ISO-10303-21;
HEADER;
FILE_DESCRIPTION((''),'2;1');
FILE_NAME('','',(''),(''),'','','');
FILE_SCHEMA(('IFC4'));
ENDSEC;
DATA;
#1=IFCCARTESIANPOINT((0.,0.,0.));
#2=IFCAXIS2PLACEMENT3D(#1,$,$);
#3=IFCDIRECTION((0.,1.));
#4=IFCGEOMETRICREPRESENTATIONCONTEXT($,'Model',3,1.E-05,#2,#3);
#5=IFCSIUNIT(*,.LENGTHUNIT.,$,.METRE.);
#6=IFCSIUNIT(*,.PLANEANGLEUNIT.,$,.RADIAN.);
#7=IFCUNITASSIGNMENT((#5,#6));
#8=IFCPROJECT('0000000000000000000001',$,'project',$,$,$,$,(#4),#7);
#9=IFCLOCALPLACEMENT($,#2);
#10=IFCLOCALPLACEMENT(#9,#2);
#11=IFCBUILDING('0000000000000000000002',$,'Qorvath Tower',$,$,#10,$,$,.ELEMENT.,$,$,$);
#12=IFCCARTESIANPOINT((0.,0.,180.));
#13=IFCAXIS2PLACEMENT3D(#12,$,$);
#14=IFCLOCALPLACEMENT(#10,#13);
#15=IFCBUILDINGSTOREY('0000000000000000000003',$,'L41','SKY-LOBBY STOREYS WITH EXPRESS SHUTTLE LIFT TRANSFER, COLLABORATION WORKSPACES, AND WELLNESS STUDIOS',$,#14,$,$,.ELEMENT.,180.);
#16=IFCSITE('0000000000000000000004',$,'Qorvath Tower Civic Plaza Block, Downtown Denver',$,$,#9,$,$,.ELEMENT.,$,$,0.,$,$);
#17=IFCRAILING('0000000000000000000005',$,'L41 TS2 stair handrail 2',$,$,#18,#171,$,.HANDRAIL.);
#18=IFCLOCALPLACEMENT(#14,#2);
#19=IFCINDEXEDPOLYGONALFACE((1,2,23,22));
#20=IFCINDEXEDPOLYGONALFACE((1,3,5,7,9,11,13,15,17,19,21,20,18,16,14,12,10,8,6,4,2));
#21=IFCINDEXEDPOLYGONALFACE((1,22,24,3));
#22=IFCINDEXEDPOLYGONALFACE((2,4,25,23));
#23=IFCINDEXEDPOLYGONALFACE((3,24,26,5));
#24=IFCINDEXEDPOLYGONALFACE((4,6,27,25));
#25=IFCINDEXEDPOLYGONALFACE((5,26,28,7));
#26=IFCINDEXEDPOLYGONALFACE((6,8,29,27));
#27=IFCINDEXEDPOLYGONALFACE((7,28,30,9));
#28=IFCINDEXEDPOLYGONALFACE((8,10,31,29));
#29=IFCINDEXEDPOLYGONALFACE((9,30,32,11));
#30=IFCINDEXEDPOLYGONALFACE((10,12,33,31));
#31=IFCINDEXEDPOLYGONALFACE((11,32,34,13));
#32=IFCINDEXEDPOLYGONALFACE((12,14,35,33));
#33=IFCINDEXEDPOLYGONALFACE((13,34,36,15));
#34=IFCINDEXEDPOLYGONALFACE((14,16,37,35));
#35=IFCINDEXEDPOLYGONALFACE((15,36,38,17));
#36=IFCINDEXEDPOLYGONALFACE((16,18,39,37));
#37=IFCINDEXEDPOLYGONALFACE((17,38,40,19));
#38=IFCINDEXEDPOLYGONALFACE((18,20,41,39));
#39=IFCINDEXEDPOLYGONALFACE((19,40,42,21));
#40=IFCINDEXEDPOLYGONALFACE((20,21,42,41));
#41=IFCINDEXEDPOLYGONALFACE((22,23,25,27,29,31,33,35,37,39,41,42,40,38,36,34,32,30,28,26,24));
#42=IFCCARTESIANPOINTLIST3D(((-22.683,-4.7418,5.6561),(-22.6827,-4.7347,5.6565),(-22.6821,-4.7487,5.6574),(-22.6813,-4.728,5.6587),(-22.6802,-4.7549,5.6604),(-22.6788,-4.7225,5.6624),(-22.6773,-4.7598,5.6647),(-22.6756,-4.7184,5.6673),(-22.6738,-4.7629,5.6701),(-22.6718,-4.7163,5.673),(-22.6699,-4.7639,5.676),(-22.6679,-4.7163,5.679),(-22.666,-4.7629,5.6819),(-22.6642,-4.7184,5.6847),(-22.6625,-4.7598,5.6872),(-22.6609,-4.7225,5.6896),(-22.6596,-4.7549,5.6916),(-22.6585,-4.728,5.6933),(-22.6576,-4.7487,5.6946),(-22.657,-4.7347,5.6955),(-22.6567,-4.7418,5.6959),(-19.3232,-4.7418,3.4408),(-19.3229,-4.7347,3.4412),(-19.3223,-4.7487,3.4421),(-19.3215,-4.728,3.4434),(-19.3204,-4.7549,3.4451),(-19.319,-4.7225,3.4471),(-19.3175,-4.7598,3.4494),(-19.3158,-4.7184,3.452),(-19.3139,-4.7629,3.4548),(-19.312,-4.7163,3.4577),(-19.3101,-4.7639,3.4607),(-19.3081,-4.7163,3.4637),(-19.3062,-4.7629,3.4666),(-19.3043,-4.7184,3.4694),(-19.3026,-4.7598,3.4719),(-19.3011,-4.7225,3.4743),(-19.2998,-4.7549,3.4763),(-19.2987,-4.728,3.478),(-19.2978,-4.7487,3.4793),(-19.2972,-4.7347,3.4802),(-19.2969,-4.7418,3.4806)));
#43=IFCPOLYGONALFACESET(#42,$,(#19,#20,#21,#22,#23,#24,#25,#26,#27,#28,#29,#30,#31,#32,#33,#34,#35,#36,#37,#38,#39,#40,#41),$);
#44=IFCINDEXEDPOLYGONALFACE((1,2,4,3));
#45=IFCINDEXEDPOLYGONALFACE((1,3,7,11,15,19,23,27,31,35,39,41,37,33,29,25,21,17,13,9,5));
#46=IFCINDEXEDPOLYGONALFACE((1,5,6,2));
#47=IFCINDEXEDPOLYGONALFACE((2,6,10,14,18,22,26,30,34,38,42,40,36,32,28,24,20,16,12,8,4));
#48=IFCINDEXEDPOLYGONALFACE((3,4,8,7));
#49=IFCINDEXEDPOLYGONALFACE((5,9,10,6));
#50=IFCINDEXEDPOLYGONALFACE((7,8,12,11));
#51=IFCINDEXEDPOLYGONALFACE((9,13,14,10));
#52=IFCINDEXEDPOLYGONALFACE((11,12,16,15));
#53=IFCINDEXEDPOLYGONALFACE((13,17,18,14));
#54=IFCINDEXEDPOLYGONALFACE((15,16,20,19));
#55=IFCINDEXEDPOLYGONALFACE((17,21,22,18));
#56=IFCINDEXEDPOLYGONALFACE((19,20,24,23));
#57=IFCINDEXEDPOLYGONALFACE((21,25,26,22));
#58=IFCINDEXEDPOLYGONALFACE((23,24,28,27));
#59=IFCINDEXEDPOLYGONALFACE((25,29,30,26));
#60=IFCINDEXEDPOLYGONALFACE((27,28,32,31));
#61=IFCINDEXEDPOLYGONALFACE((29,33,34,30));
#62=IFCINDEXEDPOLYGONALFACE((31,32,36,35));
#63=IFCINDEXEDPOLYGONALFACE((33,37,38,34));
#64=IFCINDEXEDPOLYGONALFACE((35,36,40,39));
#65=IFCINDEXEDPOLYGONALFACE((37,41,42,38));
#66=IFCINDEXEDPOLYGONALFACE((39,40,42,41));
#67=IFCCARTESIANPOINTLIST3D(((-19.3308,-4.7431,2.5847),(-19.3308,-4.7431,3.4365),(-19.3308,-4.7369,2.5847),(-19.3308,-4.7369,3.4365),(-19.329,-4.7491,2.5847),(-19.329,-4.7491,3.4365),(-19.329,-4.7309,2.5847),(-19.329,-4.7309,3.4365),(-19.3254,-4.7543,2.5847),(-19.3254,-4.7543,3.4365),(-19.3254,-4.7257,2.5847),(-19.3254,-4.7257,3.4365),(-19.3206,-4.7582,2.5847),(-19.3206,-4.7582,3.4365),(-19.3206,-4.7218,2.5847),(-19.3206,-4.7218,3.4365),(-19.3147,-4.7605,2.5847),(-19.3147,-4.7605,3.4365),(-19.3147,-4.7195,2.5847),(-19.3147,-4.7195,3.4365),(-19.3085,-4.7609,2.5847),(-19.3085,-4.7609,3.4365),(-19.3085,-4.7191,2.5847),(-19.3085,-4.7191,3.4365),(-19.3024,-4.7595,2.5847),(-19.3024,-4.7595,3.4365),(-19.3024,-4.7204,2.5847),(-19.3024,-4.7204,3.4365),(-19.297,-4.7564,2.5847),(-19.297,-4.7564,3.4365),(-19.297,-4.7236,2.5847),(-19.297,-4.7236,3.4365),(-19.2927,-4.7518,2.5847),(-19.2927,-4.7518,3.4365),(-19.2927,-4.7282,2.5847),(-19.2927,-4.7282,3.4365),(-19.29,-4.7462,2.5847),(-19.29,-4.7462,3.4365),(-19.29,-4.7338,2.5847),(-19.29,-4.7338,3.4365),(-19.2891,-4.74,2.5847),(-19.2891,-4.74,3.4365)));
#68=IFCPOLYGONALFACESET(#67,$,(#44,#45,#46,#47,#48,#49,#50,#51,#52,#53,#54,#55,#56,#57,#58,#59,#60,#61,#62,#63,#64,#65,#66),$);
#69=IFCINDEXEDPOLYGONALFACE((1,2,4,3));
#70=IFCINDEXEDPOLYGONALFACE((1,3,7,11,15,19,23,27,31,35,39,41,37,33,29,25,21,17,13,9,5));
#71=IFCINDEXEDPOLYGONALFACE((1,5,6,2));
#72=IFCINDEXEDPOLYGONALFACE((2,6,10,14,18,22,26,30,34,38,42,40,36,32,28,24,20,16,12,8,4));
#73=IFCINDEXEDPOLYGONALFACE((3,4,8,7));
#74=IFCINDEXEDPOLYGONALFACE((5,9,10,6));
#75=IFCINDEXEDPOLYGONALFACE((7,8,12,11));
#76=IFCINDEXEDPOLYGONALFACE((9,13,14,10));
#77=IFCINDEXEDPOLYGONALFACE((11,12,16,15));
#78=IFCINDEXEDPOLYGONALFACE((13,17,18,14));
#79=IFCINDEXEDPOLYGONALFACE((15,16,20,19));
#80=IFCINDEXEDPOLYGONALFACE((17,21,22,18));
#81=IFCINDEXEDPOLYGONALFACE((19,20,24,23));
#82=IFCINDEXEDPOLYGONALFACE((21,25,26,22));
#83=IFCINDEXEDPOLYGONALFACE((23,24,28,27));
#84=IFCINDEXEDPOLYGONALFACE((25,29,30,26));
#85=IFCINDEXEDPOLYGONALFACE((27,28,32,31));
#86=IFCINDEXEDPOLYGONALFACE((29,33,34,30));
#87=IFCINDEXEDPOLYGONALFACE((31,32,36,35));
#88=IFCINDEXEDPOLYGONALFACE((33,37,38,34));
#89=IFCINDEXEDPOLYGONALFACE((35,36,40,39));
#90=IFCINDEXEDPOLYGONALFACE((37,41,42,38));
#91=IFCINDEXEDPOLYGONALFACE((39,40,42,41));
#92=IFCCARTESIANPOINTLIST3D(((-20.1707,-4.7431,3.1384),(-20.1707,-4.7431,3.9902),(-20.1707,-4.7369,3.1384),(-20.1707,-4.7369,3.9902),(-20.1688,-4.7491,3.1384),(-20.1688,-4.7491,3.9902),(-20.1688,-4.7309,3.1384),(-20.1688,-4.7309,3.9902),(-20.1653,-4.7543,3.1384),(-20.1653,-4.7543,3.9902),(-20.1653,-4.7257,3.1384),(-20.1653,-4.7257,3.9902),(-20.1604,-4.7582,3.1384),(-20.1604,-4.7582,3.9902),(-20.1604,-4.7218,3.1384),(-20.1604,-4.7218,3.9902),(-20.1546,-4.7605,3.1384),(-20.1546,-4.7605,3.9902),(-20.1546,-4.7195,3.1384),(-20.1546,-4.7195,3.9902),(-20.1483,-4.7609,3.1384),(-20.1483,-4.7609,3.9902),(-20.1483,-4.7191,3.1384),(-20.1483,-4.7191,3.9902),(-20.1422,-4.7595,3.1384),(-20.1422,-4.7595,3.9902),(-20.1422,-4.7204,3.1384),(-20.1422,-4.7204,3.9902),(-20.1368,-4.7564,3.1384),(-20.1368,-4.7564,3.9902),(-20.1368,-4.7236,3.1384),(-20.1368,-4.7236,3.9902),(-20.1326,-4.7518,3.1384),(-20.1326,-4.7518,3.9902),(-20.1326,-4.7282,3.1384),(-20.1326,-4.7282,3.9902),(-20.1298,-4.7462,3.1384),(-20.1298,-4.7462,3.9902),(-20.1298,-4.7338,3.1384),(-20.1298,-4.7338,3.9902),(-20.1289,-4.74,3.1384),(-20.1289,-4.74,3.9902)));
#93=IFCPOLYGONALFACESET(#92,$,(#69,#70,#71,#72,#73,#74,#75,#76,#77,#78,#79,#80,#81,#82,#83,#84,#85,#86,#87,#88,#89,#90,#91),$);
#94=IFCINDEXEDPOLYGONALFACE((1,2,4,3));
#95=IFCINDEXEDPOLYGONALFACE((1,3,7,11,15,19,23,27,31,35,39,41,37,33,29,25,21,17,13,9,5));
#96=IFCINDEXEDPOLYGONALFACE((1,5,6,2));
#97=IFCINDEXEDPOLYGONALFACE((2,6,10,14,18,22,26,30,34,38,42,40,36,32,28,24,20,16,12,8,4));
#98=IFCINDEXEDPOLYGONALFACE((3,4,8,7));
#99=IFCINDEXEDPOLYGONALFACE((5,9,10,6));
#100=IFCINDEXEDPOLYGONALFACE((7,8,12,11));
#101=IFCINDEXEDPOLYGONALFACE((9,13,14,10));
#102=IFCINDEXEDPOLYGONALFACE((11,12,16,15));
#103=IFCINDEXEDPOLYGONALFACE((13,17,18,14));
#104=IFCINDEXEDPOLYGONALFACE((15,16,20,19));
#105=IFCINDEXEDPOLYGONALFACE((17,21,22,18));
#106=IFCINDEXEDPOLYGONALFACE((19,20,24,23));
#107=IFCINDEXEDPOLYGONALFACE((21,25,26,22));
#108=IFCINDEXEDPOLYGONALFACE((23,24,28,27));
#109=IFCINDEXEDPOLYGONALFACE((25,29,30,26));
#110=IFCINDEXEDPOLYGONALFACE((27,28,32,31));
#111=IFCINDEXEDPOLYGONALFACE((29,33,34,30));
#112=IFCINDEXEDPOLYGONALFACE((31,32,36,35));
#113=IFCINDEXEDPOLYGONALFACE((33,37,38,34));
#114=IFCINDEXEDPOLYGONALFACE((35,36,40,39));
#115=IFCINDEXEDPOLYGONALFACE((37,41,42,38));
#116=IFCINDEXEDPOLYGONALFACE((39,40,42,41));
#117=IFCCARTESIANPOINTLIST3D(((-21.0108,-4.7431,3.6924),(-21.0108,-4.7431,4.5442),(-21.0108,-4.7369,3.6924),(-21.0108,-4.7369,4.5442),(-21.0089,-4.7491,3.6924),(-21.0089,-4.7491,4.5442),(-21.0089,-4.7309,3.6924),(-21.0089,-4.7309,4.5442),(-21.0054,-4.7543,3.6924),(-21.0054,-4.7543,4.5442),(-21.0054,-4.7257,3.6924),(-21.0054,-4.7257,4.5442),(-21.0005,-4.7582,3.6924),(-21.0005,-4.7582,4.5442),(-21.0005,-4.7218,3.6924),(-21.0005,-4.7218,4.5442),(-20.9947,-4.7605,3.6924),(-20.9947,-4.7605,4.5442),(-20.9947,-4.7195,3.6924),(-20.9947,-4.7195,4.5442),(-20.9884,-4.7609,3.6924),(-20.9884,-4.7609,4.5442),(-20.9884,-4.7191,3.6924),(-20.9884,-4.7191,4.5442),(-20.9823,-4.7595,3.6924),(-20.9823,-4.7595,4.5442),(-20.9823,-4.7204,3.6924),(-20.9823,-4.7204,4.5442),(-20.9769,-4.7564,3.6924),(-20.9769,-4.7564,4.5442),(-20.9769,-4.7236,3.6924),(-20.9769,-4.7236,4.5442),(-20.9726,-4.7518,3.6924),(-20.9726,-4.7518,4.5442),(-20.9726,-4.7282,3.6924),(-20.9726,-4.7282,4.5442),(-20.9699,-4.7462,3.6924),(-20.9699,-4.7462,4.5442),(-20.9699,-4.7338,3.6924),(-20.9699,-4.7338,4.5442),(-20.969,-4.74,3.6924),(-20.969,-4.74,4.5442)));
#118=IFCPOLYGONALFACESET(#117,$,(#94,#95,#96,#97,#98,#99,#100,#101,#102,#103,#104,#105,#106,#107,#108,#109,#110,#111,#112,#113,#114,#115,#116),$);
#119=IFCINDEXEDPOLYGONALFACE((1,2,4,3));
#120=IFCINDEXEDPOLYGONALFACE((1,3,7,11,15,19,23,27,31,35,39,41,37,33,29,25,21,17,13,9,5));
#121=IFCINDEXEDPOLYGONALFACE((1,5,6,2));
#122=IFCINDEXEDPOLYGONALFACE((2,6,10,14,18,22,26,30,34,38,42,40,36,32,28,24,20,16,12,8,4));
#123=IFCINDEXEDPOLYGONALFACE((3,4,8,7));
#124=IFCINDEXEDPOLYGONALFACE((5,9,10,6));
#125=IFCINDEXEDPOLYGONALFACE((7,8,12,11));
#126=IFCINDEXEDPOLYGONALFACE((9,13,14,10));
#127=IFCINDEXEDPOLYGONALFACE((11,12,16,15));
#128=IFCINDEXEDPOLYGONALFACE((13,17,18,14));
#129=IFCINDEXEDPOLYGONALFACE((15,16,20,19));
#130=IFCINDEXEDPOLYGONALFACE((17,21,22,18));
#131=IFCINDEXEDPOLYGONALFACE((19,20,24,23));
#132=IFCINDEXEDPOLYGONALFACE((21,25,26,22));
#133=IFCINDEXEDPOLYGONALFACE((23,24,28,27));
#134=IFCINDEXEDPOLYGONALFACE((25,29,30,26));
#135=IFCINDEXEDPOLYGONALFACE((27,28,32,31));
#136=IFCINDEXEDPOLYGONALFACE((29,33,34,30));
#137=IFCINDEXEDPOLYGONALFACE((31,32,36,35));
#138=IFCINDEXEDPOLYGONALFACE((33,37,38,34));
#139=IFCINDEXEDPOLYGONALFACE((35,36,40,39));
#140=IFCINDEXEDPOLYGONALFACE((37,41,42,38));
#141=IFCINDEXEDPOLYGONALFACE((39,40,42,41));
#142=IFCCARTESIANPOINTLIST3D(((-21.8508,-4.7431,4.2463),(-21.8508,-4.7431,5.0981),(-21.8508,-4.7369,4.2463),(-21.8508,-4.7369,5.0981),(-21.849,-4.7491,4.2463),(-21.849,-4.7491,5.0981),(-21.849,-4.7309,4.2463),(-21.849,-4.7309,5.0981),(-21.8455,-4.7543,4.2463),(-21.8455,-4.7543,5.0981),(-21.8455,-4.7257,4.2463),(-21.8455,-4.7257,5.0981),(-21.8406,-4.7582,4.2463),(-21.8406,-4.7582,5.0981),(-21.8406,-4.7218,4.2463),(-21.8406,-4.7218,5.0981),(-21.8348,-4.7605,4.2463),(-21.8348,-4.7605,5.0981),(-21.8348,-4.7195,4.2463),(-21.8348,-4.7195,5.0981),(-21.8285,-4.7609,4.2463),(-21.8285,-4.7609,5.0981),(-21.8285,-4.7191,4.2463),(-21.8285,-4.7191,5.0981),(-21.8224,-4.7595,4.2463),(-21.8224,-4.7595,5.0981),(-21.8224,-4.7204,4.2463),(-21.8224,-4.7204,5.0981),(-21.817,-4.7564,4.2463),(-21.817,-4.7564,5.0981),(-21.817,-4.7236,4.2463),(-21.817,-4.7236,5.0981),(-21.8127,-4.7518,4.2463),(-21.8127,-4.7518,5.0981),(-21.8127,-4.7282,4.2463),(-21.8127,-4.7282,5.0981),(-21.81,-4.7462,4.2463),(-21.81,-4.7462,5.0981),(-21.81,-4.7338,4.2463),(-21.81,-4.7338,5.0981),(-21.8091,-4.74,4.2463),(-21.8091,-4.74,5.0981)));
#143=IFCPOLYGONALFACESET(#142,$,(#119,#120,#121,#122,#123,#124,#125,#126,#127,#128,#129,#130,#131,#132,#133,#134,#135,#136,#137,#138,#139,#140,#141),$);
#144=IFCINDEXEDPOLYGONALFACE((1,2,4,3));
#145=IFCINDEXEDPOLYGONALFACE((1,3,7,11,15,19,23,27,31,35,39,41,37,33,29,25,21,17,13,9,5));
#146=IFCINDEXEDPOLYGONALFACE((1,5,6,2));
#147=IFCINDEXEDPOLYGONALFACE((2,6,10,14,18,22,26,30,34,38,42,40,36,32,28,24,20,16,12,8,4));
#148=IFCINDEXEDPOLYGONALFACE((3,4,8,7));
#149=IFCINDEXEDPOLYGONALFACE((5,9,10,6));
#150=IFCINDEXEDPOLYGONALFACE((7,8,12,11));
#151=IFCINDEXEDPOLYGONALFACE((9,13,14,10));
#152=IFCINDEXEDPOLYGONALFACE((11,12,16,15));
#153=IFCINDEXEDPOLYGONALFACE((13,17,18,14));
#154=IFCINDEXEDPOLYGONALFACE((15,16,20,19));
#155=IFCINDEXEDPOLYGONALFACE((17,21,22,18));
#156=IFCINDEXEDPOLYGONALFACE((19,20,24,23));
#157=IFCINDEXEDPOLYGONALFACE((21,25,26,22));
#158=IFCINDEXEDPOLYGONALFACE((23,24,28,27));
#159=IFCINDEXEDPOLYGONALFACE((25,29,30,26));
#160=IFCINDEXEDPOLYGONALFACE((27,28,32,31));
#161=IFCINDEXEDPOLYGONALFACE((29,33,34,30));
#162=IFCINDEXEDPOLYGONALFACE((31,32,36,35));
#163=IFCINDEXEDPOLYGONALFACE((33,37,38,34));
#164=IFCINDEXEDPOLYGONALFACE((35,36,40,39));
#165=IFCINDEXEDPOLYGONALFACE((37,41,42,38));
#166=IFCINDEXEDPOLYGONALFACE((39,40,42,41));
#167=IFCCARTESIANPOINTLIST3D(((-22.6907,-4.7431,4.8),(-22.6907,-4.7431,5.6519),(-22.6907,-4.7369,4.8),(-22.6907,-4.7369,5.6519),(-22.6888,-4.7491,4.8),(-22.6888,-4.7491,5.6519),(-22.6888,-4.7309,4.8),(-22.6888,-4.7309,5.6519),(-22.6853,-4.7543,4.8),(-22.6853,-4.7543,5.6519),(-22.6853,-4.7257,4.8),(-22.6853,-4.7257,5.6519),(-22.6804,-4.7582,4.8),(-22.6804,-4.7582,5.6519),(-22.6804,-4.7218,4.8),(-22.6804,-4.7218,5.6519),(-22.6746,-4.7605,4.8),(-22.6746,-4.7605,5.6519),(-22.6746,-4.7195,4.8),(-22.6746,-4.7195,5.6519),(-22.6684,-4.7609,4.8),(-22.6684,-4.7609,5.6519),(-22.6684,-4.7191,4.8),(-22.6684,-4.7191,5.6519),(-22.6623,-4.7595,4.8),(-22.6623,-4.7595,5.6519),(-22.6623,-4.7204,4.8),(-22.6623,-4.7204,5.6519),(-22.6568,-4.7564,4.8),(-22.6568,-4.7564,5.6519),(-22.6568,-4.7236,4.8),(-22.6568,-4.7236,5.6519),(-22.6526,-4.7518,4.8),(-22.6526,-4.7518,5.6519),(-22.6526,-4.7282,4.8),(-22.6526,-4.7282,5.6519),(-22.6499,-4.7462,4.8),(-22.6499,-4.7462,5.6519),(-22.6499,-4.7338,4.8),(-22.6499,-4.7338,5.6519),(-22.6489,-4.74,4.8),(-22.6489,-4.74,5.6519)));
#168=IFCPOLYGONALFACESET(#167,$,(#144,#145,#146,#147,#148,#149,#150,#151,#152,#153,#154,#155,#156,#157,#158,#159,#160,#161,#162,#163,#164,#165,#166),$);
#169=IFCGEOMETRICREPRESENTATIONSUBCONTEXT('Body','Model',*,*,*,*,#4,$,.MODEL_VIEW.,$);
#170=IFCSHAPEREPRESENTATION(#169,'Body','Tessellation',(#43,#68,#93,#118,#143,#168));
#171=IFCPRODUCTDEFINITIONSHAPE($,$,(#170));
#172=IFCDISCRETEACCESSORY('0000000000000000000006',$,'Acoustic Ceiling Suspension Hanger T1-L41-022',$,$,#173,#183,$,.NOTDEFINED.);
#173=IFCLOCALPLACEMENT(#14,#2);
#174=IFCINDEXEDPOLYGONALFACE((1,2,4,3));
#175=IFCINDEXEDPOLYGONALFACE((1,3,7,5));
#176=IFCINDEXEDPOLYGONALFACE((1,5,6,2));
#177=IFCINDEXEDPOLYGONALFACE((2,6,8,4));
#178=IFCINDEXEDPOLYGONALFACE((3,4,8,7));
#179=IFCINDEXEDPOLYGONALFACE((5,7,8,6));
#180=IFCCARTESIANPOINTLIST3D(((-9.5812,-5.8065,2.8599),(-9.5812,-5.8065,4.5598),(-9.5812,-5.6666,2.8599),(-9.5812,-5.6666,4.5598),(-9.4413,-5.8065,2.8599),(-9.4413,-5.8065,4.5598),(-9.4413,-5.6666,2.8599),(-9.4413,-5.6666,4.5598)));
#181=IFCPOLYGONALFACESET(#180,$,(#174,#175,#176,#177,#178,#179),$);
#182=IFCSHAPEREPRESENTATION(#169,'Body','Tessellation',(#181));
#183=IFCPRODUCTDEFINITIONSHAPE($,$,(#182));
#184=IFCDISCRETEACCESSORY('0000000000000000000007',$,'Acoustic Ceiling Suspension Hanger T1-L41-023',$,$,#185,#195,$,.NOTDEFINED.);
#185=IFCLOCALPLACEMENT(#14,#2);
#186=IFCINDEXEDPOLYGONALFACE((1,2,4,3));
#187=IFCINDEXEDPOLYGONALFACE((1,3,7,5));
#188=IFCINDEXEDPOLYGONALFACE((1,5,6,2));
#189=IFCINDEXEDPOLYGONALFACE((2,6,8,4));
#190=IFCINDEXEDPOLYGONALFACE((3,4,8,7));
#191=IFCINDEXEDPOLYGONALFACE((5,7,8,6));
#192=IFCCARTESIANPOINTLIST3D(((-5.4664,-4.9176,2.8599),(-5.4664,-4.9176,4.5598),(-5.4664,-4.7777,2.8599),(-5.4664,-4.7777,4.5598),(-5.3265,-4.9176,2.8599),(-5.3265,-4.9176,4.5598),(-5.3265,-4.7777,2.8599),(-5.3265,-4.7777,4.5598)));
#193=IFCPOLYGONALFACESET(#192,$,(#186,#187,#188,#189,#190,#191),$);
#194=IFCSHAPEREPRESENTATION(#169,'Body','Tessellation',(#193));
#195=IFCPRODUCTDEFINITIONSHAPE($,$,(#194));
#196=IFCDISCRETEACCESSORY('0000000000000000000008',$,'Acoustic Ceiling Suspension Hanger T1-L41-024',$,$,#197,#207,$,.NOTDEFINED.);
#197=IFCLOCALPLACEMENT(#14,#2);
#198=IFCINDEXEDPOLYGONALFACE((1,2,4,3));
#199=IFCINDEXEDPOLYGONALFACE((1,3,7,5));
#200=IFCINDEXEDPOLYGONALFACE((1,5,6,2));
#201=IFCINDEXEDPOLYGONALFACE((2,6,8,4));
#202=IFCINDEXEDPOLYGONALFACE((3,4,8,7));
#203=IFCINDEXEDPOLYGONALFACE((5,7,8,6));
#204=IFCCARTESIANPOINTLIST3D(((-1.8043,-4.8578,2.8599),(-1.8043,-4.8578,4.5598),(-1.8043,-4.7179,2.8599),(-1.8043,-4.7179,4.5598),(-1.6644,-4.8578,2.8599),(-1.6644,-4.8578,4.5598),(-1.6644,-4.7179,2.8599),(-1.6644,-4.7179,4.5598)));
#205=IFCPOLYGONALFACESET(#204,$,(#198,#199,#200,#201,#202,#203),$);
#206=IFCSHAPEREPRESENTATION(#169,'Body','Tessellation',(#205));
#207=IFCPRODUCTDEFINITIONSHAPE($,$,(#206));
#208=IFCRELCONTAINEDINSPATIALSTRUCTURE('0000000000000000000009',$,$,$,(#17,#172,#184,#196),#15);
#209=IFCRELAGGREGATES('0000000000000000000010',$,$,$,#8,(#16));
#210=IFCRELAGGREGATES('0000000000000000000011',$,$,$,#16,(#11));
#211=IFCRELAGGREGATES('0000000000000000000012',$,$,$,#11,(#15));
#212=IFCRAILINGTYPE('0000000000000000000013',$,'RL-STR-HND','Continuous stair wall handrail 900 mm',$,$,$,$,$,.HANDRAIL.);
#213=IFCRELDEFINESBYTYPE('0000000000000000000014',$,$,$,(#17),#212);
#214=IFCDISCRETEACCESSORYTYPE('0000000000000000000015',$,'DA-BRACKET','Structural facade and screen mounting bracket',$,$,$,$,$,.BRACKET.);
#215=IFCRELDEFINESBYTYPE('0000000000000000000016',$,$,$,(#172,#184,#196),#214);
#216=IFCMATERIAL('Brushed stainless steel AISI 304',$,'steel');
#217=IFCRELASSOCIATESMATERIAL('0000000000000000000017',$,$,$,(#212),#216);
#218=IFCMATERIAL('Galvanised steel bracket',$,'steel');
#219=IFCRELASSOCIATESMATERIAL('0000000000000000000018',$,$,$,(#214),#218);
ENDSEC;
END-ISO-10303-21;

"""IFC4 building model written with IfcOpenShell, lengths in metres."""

from ifc_helpers import new_model, si_unit, direction, frame, origin, origin_2d, place, context, subcontext, project, spatial, rectangle, circle, extrude, material, type_object, element, save


model = new_model("IFC4")

# Units and contexts
model_context = context("Model", 3, precision=1e-05, world=origin(), true_north=direction((0.0, 1.0)))
body_context = subcontext(model_context, "Body", "Model", "MODEL_VIEW")
ifc_project = project(units=[si_unit("LENGTHUNIT", "METRE"), si_unit("PLANEANGLEUNIT", "RADIAN")], contexts=[model_context])

# Site, building, storey
site_placement = place(None, origin())
site = spatial("IfcSite", under=ifc_project, at=site_placement, Name="Qorvath Tower Civic Plaza Block, Downtown Denver", CompositionType="ELEMENT", RefElevation=0.0)
building_placement = place(site_placement, origin())
building = spatial("IfcBuilding", under=site, at=building_placement, Name="Qorvath Tower", CompositionType="ELEMENT")
storey_placement = place(building_placement, frame((0.0, 0.0, 180.0)))
storey = spatial("IfcBuildingStorey", under=building, at=storey_placement, Name="L41", Description="SKY-LOBBY STOREYS WITH EXPRESS SHUTTLE LIFT TRANSFER, COLLABORATION WORKSPACES, AND WELLNESS STUDIOS", CompositionType="ELEMENT", Elevation=180.0)

# Railing
ifc_material_1 = material(Name="Brushed stainless steel AISI 304", Category="steel")
railing_type_1 = type_object("IfcRailingType", Name="RL-STR-HND", Description="Continuous stair wall handrail 900 mm", PredefinedType="HANDRAIL", material=ifc_material_1)
railing_1_placement = place(storey_placement, frame((-19.3101, -4.74, 2.5847)))
element("IfcRailing", 1, at=railing_1_placement, inside=storey, type_object=railing_type_1, Name="L41 TS2 stair handrail 2", PredefinedType="HANDRAIL", context=body_context, shape_type="SweptSolid", body=[
    extrude(circle(Radius=0.0239, at=origin_2d()), frame((0.0, 0.0, 0.876), z_axis=(-0.834858, 0.0, 0.550465), x_axis=(0.0, -1.0, 0.0)), (0.0, 0.0, 1.0), 4.0244),
    extrude(circle(Radius=0.021, at=origin_2d()), origin(), (0.0, 0.0, 1.0), 0.8518),
    extrude(circle(Radius=0.021, at=origin_2d()), frame((-0.8398, 0.0, 0.5537)), (0.0, 0.0, 1.0), 0.8518),
    extrude(circle(Radius=0.021, at=origin_2d()), frame((-1.6799, 0.0, 1.1077)), (0.0, 0.0, 1.0), 0.8518),
    extrude(circle(Radius=0.021, at=origin_2d()), frame((-2.52, 0.0, 1.6616)), (0.0, 0.0, 1.0), 0.8518),
    extrude(circle(Radius=0.021, at=origin_2d()), frame((-3.3599, 0.0, 2.2153)), (0.0, 0.0, 1.0), 0.8518),
])

# Discrete accessories
ifc_material_2 = material(Name="Galvanised steel bracket", Category="steel")
discrete_accessory_type = type_object("IfcDiscreteAccessoryType", Name="DA-BRACKET", Description="Structural facade and screen mounting bracket", PredefinedType="BRACKET", material=ifc_material_2)
for number, where, z_axis, x_axis, name in (
    (2, (-9.5112, -5.7366, 2.8599), (0.0, 0.0, 1.0), (1.0, 0.0, 0.0), "Acoustic Ceiling Suspension Hanger T1-L41-022"),
    (3, (-5.3965, -4.8477, 2.8599), (0.0, 0.0, 1.0), (1.0, 0.0, 0.0), "Acoustic Ceiling Suspension Hanger T1-L41-023"),
    (4, (-1.7344, -4.7878, 2.8599), (0.0, 0.0, 1.0), (1.0, 0.0, 0.0), "Acoustic Ceiling Suspension Hanger T1-L41-024"),
):
    element("IfcDiscreteAccessory", number, at=place(storey_placement, frame(where, z_axis=z_axis, x_axis=x_axis)), inside=storey, type_object=discrete_accessory_type, Name=name, PredefinedType="NOTDEFINED", context=body_context, shape_type="SweptSolid", body=[
        extrude(rectangle(XDim=0.1399, YDim=0.1399, at=origin_2d()), origin(), (0.0, 0.0, 1.0), 1.7),
    ])

save(model, "model.ifc")
